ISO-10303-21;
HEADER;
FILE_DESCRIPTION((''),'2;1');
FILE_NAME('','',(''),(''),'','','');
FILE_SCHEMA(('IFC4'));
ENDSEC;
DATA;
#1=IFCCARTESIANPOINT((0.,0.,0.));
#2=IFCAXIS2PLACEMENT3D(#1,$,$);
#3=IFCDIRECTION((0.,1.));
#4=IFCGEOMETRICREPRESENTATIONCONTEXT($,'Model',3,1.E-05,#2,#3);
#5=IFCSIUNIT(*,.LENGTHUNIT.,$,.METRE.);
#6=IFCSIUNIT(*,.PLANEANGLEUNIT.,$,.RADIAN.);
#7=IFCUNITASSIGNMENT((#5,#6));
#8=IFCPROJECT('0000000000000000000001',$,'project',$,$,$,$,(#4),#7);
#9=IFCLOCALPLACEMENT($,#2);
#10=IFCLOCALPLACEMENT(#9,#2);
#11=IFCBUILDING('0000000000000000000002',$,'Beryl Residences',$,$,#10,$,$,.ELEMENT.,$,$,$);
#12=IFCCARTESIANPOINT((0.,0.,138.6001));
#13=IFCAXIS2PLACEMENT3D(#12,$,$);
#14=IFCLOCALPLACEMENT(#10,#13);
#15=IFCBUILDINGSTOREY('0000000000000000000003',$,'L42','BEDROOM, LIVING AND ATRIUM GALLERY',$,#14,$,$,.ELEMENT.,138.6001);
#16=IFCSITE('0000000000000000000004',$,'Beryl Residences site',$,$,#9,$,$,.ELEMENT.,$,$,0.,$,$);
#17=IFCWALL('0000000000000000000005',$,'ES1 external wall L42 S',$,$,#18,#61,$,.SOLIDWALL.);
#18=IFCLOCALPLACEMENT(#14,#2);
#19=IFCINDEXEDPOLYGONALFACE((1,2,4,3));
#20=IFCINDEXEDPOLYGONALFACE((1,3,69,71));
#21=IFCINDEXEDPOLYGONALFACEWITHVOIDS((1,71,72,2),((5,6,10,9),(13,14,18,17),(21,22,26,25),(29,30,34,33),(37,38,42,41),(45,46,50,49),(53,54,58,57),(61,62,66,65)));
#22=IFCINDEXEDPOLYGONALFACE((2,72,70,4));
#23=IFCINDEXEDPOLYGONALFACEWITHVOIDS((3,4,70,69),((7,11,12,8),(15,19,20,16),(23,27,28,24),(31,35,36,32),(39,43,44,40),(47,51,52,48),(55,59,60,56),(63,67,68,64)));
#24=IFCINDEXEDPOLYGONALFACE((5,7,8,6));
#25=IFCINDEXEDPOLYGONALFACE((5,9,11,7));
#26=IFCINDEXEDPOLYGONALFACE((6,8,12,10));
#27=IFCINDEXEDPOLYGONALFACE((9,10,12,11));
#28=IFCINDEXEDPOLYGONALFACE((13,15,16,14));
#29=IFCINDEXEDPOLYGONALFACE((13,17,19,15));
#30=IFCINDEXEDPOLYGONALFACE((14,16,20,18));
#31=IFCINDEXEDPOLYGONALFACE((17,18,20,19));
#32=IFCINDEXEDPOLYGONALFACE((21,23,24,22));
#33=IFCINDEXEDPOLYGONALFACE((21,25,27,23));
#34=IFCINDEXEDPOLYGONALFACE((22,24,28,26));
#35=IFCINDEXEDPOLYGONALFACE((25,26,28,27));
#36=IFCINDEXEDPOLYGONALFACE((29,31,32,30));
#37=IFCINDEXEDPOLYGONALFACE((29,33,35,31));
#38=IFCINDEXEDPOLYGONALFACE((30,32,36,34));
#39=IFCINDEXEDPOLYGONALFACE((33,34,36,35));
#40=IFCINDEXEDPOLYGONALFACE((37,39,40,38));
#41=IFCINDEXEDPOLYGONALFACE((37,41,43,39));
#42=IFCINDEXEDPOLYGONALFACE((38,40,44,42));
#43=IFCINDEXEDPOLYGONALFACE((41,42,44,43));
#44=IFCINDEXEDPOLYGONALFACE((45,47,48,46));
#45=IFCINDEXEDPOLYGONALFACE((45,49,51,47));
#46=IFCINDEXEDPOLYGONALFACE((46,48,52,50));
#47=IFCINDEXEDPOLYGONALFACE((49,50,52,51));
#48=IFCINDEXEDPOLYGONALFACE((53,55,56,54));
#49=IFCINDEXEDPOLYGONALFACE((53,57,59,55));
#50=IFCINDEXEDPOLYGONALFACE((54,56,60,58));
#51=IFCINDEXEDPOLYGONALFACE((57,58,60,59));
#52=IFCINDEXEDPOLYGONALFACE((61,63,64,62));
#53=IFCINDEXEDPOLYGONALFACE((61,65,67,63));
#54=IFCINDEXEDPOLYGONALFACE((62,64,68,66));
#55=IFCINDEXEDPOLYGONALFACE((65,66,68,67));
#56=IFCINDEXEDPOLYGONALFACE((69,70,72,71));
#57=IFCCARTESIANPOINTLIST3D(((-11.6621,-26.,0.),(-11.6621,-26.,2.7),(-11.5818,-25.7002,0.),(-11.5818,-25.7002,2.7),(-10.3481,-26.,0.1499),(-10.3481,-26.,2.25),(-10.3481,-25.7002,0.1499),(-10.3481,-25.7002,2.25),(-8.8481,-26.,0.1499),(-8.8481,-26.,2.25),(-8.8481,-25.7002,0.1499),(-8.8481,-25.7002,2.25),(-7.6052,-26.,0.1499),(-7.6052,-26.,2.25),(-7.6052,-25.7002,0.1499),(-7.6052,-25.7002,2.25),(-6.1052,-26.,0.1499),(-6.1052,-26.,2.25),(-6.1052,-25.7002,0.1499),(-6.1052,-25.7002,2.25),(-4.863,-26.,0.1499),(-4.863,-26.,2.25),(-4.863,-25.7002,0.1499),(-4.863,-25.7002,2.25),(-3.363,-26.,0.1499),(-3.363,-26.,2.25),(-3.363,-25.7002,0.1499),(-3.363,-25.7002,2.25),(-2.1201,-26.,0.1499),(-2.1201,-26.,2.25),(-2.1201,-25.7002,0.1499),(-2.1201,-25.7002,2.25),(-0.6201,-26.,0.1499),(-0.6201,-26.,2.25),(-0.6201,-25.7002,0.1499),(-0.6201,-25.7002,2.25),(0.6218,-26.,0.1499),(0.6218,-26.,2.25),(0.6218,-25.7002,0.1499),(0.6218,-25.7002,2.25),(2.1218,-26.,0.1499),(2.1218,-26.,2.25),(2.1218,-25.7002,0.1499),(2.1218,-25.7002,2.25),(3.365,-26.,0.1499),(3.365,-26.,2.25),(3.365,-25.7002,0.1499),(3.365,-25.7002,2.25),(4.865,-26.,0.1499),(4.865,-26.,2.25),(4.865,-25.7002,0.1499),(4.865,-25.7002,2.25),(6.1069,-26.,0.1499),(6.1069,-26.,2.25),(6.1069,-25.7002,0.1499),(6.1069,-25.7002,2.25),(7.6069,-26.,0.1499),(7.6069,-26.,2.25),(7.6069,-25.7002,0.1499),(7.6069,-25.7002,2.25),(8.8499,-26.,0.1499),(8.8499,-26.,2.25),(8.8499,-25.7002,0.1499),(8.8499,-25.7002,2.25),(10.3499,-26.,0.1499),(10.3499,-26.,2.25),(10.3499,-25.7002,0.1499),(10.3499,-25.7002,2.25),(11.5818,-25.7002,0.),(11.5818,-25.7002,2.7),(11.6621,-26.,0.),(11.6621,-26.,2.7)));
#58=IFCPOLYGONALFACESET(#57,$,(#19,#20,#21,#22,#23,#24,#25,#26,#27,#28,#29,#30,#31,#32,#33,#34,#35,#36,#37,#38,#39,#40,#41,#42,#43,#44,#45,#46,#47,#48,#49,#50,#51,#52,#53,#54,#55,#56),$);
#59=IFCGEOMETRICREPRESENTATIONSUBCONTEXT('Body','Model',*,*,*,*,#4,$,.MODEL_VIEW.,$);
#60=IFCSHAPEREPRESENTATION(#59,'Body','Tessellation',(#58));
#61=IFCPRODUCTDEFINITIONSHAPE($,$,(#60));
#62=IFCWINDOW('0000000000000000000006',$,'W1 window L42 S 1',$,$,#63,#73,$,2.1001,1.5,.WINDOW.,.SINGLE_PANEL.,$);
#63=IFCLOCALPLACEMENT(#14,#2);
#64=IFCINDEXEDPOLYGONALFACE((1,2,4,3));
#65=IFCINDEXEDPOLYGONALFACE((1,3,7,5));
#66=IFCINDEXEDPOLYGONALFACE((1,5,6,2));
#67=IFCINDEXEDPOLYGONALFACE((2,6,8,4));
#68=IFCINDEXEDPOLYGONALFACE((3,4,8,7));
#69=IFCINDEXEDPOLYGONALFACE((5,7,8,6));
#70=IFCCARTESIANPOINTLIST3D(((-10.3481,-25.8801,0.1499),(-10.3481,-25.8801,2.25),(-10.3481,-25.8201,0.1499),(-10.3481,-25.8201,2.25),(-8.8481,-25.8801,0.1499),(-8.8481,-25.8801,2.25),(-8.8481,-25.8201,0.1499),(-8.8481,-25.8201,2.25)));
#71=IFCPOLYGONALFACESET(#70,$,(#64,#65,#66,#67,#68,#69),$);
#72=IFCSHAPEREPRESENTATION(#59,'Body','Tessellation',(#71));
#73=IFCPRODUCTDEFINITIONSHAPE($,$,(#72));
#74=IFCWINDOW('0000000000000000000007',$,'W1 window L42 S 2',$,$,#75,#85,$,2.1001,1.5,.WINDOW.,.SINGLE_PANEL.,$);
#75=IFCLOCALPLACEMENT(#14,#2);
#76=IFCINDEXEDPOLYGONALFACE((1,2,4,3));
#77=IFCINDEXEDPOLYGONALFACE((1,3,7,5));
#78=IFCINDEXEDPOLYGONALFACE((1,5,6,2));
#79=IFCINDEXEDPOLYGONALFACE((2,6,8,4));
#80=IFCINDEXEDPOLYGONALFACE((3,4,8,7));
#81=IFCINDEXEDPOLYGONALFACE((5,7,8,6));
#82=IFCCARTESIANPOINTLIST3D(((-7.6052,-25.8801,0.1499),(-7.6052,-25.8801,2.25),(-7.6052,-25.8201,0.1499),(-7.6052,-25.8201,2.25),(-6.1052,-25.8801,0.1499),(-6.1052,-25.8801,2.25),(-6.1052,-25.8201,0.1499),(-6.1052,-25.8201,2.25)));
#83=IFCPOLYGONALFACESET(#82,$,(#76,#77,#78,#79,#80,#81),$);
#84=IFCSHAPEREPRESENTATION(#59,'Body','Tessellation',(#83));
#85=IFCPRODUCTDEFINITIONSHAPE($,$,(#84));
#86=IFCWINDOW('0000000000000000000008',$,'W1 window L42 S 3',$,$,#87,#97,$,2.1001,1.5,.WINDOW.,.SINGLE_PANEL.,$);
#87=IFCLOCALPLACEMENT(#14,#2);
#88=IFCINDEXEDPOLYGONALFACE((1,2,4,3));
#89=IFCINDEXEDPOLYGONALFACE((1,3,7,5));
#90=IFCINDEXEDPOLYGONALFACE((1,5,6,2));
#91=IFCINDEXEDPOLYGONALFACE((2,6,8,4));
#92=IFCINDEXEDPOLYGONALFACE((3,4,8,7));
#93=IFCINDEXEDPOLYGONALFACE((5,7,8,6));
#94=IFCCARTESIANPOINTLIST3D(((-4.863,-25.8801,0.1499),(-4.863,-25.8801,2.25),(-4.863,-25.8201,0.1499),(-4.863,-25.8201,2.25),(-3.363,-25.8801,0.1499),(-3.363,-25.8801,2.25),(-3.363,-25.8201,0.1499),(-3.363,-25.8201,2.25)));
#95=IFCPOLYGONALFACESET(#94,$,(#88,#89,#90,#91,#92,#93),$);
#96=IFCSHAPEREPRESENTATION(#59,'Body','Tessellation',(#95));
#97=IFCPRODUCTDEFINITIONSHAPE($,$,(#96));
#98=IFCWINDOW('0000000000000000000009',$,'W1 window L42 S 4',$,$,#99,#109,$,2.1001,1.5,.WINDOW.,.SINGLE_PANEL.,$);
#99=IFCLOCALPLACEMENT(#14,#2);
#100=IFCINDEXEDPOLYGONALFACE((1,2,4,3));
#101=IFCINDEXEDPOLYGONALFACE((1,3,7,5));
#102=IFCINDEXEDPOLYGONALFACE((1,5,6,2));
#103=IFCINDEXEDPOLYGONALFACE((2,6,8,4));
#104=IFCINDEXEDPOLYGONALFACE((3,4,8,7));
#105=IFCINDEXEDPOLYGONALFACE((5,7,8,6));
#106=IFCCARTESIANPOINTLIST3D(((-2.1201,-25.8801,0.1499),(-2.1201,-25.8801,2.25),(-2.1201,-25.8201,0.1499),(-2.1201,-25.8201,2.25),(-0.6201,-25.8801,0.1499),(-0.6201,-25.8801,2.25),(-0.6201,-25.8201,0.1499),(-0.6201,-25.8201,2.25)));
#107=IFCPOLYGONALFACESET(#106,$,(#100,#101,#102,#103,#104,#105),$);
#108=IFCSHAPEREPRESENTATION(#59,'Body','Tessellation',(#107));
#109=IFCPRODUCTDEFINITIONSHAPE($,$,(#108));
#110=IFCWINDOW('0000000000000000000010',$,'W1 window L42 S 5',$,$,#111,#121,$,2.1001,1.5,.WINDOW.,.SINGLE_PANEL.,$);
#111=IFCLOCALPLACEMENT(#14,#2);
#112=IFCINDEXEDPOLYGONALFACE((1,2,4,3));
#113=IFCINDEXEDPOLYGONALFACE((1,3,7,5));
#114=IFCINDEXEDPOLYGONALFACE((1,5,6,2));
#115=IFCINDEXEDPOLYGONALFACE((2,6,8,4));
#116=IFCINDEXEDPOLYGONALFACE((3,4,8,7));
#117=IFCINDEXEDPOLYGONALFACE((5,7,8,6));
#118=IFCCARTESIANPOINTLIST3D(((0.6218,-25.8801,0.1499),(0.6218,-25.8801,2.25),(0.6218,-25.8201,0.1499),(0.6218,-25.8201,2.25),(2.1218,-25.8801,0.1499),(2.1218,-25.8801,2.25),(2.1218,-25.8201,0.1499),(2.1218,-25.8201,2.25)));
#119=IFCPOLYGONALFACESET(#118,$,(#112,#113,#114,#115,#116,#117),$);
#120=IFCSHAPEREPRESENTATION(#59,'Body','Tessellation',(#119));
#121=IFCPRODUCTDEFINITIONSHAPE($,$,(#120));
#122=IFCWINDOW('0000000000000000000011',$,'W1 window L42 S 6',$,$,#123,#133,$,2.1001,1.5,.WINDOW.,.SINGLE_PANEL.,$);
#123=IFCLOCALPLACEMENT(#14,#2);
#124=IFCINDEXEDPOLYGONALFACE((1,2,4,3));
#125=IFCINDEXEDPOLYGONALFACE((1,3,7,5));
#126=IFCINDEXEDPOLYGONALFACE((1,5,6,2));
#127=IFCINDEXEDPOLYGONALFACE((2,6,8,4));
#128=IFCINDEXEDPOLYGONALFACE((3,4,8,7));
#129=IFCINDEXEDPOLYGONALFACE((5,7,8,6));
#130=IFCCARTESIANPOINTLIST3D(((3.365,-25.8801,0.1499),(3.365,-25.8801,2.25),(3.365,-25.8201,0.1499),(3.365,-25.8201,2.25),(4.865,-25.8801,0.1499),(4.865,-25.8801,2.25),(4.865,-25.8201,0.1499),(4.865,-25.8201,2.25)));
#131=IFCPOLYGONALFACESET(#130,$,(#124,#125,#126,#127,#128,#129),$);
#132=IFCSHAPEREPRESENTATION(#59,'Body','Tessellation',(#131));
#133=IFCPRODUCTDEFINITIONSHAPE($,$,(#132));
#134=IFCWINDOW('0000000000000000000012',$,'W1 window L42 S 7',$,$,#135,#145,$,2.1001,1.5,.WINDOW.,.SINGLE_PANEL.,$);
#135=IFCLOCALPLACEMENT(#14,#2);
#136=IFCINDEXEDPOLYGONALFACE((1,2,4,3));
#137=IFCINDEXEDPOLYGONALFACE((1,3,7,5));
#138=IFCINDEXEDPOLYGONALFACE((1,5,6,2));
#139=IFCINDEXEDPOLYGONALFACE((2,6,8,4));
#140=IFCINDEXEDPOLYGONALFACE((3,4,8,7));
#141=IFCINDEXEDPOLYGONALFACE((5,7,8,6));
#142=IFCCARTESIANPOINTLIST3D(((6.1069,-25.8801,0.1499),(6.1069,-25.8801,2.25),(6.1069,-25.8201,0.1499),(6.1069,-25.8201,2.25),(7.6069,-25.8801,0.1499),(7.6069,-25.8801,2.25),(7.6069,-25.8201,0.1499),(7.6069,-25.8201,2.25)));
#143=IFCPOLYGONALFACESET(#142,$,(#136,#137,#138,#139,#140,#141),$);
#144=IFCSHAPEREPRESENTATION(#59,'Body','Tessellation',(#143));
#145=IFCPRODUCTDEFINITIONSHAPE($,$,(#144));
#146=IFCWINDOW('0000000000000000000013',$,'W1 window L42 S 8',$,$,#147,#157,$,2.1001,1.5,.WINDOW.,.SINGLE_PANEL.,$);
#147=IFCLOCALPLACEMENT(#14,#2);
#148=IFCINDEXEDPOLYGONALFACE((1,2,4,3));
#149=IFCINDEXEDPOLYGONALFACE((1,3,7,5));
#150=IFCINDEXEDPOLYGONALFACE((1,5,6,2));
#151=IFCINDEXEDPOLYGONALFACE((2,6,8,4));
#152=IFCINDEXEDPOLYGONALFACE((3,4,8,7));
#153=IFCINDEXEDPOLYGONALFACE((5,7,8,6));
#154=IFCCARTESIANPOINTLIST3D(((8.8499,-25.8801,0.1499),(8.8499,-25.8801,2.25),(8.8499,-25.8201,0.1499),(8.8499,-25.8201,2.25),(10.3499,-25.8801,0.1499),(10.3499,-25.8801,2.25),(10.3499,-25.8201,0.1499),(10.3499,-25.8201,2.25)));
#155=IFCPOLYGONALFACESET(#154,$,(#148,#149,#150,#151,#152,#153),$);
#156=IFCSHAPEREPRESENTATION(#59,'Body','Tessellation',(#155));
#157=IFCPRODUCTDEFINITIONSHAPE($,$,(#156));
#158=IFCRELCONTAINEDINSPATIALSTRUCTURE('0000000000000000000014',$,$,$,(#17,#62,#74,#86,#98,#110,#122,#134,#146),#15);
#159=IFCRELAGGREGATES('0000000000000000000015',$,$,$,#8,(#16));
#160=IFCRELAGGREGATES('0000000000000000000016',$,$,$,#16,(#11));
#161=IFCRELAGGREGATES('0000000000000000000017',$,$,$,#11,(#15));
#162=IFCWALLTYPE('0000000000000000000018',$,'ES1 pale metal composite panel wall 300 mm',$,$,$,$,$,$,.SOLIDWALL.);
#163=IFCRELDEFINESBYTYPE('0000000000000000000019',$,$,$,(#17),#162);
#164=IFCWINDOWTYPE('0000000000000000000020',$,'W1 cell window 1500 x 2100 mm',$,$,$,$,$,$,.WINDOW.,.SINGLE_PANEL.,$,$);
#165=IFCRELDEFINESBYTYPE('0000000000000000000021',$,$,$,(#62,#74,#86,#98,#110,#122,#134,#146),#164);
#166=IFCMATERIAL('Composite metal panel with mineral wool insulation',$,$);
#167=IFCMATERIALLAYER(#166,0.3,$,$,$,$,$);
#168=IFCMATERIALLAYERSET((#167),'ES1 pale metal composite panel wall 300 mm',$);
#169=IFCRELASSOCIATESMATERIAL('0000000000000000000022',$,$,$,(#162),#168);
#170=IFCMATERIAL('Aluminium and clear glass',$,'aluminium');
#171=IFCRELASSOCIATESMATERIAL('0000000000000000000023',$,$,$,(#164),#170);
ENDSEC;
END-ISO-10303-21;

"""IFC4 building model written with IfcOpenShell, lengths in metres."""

from ifc_helpers import new_model, si_unit, direction, frame, frame_2d, origin, place, context, subcontext, project, spatial, polyline, rectangle, outline, extrude, material, layer, layer_set, type_object, element, fill, save


model = new_model("IFC4")

# Units and contexts
model_context = context("Model", 3, precision=1e-05, world=origin(), true_north=direction((0.0, 1.0)))
body_context = subcontext(model_context, "Body", "Model", "MODEL_VIEW")
ifc_project = project(units=[si_unit("LENGTHUNIT", "METRE"), si_unit("PLANEANGLEUNIT", "RADIAN")], contexts=[model_context])

# Site, building, storey
site_placement = place(None, origin())
site = spatial("IfcSite", under=ifc_project, at=site_placement, Name="Beryl Residences site", CompositionType="ELEMENT", RefElevation=0.0)
building_placement = place(site_placement, origin())
building = spatial("IfcBuilding", under=site, at=building_placement, Name="Beryl Residences", CompositionType="ELEMENT")
storey_placement = place(building_placement, frame((0.0, 0.0, 138.6001)))
storey = spatial("IfcBuildingStorey", under=building, at=storey_placement, Name="L42", Description="BEDROOM, LIVING AND ATRIUM GALLERY", CompositionType="ELEMENT", Elevation=138.6001)

# Wall, openings, windows
ifc_material_1 = material(Name="Composite metal panel with mineral wool insulation")
ifc_layer_1 = layer(ifc_material_1, 0.3)
ifc_layer_set_1 = layer_set([ifc_layer_1], Name="ES1 pale metal composite panel wall 300 mm")
wall_type_1 = type_object("IfcWallType", Name="ES1 pale metal composite panel wall 300 mm", PredefinedType="SOLIDWALL", material=ifc_layer_set_1)
wall_1_placement = place(storey_placement, frame((-11.6621, -25.8501, 0.0), z_axis=(0.0, 0.0, 1.0), x_axis=(1.0, 0.0, 0.0)))
wall_1 = element("IfcWall", 1, at=wall_1_placement, inside=storey, type_object=wall_type_1, Name="ES1 external wall L42 S", PredefinedType="SOLIDWALL", context=body_context, shape_type="SweptSolid", body=[
    extrude(outline(polyline([(0.0, -0.1499), (23.3242, -0.1499), (23.2439, 0.1499), (0.0803, 0.1499), (0.0, -0.1499)])), origin(), (0.0, 0.0, 1.0), 2.7),
])
opening_1_placement = place(wall_1_placement, frame((1.314, 0.0, 0.1499)))
opening_1 = element("IfcOpeningElement", 2, at=opening_1_placement, cuts=wall_1, PredefinedType="OPENING", context=body_context, shape_type="SweptSolid", body=[
    extrude(rectangle(XDim=1.5, YDim=2.1001, at=frame_2d((0.75, 1.05))), frame((0.0, 0.1599, 0.0), z_axis=(0.0, -1.0, 0.0), x_axis=(1.0, 0.0, 0.0)), (0.0, 0.0, 1.0), 0.3201),
])
opening_2_placement = place(wall_1_placement, frame((4.0569, 0.0, 0.1499)))
opening_2 = element("IfcOpeningElement", 3, at=opening_2_placement, cuts=wall_1, PredefinedType="OPENING", context=body_context, shape_type="SweptSolid", body=[
    extrude(rectangle(XDim=1.5, YDim=2.1001, at=frame_2d((0.75, 1.05))), frame((0.0, 0.1599, 0.0), z_axis=(0.0, -1.0, 0.0), x_axis=(1.0, 0.0, 0.0)), (0.0, 0.0, 1.0), 0.3201),
])
opening_3_placement = place(wall_1_placement, frame((6.7991, 0.0, 0.1499)))
opening_3 = element("IfcOpeningElement", 4, at=opening_3_placement, cuts=wall_1, PredefinedType="OPENING", context=body_context, shape_type="SweptSolid", body=[
    extrude(rectangle(XDim=1.5, YDim=2.1001, at=frame_2d((0.75, 1.05))), frame((0.0, 0.1599, 0.0), z_axis=(0.0, -1.0, 0.0), x_axis=(1.0, 0.0, 0.0)), (0.0, 0.0, 1.0), 0.3201),
])
opening_4_placement = place(wall_1_placement, frame((9.542, 0.0, 0.1499)))
opening_4 = element("IfcOpeningElement", 5, at=opening_4_placement, cuts=wall_1, PredefinedType="OPENING", context=body_context, shape_type="SweptSolid", body=[
    extrude(rectangle(XDim=1.5, YDim=2.1001, at=frame_2d((0.75, 1.05))), frame((0.0, 0.1599, 0.0), z_axis=(0.0, -1.0, 0.0), x_axis=(1.0, 0.0, 0.0)), (0.0, 0.0, 1.0), 0.3201),
])
opening_5_placement = place(wall_1_placement, frame((12.2839, 0.0, 0.1499)))
opening_5 = element("IfcOpeningElement", 6, at=opening_5_placement, cuts=wall_1, PredefinedType="OPENING", context=body_context, shape_type="SweptSolid", body=[
    extrude(rectangle(XDim=1.5, YDim=2.1001, at=frame_2d((0.75, 1.05))), frame((0.0, 0.1599, 0.0), z_axis=(0.0, -1.0, 0.0), x_axis=(1.0, 0.0, 0.0)), (0.0, 0.0, 1.0), 0.3201),
])
opening_6_placement = place(wall_1_placement, frame((15.0271, 0.0, 0.1499)))
opening_6 = element("IfcOpeningElement", 7, at=opening_6_placement, cuts=wall_1, PredefinedType="OPENING", context=body_context, shape_type="SweptSolid", body=[
    extrude(rectangle(XDim=1.5, YDim=2.1001, at=frame_2d((0.75, 1.05))), frame((0.0, 0.1599, 0.0), z_axis=(0.0, -1.0, 0.0), x_axis=(1.0, 0.0, 0.0)), (0.0, 0.0, 1.0), 0.3201),
])
opening_7_placement = place(wall_1_placement, frame((17.769, 0.0, 0.1499)))
opening_7 = element("IfcOpeningElement", 8, at=opening_7_placement, cuts=wall_1, PredefinedType="OPENING", context=body_context, shape_type="SweptSolid", body=[
    extrude(rectangle(XDim=1.5, YDim=2.1001, at=frame_2d((0.75, 1.05))), frame((0.0, 0.1599, 0.0), z_axis=(0.0, -1.0, 0.0), x_axis=(1.0, 0.0, 0.0)), (0.0, 0.0, 1.0), 0.3201),
])
opening_8_placement = place(wall_1_placement, frame((20.512, 0.0, 0.1499)))
opening_8 = element("IfcOpeningElement", 9, at=opening_8_placement, cuts=wall_1, PredefinedType="OPENING", context=body_context, shape_type="SweptSolid", body=[
    extrude(rectangle(XDim=1.5, YDim=2.1001, at=frame_2d((0.75, 1.05))), frame((0.0, 0.1599, 0.0), z_axis=(0.0, -1.0, 0.0), x_axis=(1.0, 0.0, 0.0)), (0.0, 0.0, 1.0), 0.3201),
])
ifc_material_2 = material(Name="Aluminium and clear glass", Category="aluminium")
window_type = type_object("IfcWindowType", Name="W1 cell window 1500 x 2100 mm", PartitioningType="SINGLE_PANEL", PredefinedType="WINDOW", material=ifc_material_2)
window_1_placement = place(opening_1_placement, origin())
window_1 = element("IfcWindow", 10, at=window_1_placement, inside=storey, type_object=window_type, Name="W1 window L42 S 1", OverallHeight=2.1001, OverallWidth=1.5, PartitioningType="SINGLE_PANEL", PredefinedType="WINDOW", context=body_context, shape_type="SweptSolid", body=[
    extrude(rectangle(XDim=1.5, YDim=2.1001, at=frame_2d((0.75, 1.05))), frame((0.0, 0.03, 0.0), z_axis=(0.0, -1.0, 0.0), x_axis=(1.0, 0.0, 0.0)), (0.0, 0.0, 1.0), 0.0601),
])
fill(opening_1, window_1)
window_2_placement = place(opening_2_placement, origin())
window_2 = element("IfcWindow", 11, at=window_2_placement, inside=storey, type_object=window_type, Name="W1 window L42 S 2", OverallHeight=2.1001, OverallWidth=1.5, PartitioningType="SINGLE_PANEL", PredefinedType="WINDOW", context=body_context, shape_type="SweptSolid", body=[
    extrude(rectangle(XDim=1.5, YDim=2.1001, at=frame_2d((0.75, 1.05))), frame((0.0, 0.03, 0.0), z_axis=(0.0, -1.0, 0.0), x_axis=(1.0, 0.0, 0.0)), (0.0, 0.0, 1.0), 0.0601),
])
fill(opening_2, window_2)
window_3_placement = place(opening_3_placement, origin())
window_3 = element("IfcWindow", 12, at=window_3_placement, inside=storey, type_object=window_type, Name="W1 window L42 S 3", OverallHeight=2.1001, OverallWidth=1.5, PartitioningType="SINGLE_PANEL", PredefinedType="WINDOW", context=body_context, shape_type="SweptSolid", body=[
    extrude(rectangle(XDim=1.5, YDim=2.1001, at=frame_2d((0.75, 1.05))), frame((0.0, 0.03, 0.0), z_axis=(0.0, -1.0, 0.0), x_axis=(1.0, 0.0, 0.0)), (0.0, 0.0, 1.0), 0.0601),
])
fill(opening_3, window_3)
window_4_placement = place(opening_4_placement, origin())
window_4 = element("IfcWindow", 13, at=window_4_placement, inside=storey, type_object=window_type, Name="W1 window L42 S 4", OverallHeight=2.1001, OverallWidth=1.5, PartitioningType="SINGLE_PANEL", PredefinedType="WINDOW", context=body_context, shape_type="SweptSolid", body=[
    extrude(rectangle(XDim=1.5, YDim=2.1001, at=frame_2d((0.75, 1.05))), frame((0.0, 0.03, 0.0), z_axis=(0.0, -1.0, 0.0), x_axis=(1.0, 0.0, 0.0)), (0.0, 0.0, 1.0), 0.0601),
])
fill(opening_4, window_4)
window_5_placement = place(opening_5_placement, origin())
window_5 = element("IfcWindow", 14, at=window_5_placement, inside=storey, type_object=window_type, Name="W1 window L42 S 5", OverallHeight=2.1001, OverallWidth=1.5, PartitioningType="SINGLE_PANEL", PredefinedType="WINDOW", context=body_context, shape_type="SweptSolid", body=[
    extrude(rectangle(XDim=1.5, YDim=2.1001, at=frame_2d((0.75, 1.05))), frame((0.0, 0.03, 0.0), z_axis=(0.0, -1.0, 0.0), x_axis=(1.0, 0.0, 0.0)), (0.0, 0.0, 1.0), 0.0601),
])
fill(opening_5, window_5)
window_6_placement = place(opening_6_placement, origin())
window_6 = element("IfcWindow", 15, at=window_6_placement, inside=storey, type_object=window_type, Name="W1 window L42 S 6", OverallHeight=2.1001, OverallWidth=1.5, PartitioningType="SINGLE_PANEL", PredefinedType="WINDOW", context=body_context, shape_type="SweptSolid", body=[
    extrude(rectangle(XDim=1.5, YDim=2.1001, at=frame_2d((0.75, 1.05))), frame((0.0, 0.03, 0.0), z_axis=(0.0, -1.0, 0.0), x_axis=(1.0, 0.0, 0.0)), (0.0, 0.0, 1.0), 0.0601),
])
fill(opening_6, window_6)
window_7_placement = place(opening_7_placement, origin())
window_7 = element("IfcWindow", 16, at=window_7_placement, inside=storey, type_object=window_type, Name="W1 window L42 S 7", OverallHeight=2.1001, OverallWidth=1.5, PartitioningType="SINGLE_PANEL", PredefinedType="WINDOW", context=body_context, shape_type="SweptSolid", body=[
    extrude(rectangle(XDim=1.5, YDim=2.1001, at=frame_2d((0.75, 1.05))), frame((0.0, 0.03, 0.0), z_axis=(0.0, -1.0, 0.0), x_axis=(1.0, 0.0, 0.0)), (0.0, 0.0, 1.0), 0.0601),
])
fill(opening_7, window_7)
window_8_placement = place(opening_8_placement, origin())
window_8 = element("IfcWindow", 17, at=window_8_placement, inside=storey, type_object=window_type, Name="W1 window L42 S 8", OverallHeight=2.1001, OverallWidth=1.5, PartitioningType="SINGLE_PANEL", PredefinedType="WINDOW", context=body_context, shape_type="SweptSolid", body=[
    extrude(rectangle(XDim=1.5, YDim=2.1001, at=frame_2d((0.75, 1.05))), frame((0.0, 0.03, 0.0), z_axis=(0.0, -1.0, 0.0), x_axis=(1.0, 0.0, 0.0)), (0.0, 0.0, 1.0), 0.0601),
])
fill(opening_8, window_8)

save(model, "model.ifc")
